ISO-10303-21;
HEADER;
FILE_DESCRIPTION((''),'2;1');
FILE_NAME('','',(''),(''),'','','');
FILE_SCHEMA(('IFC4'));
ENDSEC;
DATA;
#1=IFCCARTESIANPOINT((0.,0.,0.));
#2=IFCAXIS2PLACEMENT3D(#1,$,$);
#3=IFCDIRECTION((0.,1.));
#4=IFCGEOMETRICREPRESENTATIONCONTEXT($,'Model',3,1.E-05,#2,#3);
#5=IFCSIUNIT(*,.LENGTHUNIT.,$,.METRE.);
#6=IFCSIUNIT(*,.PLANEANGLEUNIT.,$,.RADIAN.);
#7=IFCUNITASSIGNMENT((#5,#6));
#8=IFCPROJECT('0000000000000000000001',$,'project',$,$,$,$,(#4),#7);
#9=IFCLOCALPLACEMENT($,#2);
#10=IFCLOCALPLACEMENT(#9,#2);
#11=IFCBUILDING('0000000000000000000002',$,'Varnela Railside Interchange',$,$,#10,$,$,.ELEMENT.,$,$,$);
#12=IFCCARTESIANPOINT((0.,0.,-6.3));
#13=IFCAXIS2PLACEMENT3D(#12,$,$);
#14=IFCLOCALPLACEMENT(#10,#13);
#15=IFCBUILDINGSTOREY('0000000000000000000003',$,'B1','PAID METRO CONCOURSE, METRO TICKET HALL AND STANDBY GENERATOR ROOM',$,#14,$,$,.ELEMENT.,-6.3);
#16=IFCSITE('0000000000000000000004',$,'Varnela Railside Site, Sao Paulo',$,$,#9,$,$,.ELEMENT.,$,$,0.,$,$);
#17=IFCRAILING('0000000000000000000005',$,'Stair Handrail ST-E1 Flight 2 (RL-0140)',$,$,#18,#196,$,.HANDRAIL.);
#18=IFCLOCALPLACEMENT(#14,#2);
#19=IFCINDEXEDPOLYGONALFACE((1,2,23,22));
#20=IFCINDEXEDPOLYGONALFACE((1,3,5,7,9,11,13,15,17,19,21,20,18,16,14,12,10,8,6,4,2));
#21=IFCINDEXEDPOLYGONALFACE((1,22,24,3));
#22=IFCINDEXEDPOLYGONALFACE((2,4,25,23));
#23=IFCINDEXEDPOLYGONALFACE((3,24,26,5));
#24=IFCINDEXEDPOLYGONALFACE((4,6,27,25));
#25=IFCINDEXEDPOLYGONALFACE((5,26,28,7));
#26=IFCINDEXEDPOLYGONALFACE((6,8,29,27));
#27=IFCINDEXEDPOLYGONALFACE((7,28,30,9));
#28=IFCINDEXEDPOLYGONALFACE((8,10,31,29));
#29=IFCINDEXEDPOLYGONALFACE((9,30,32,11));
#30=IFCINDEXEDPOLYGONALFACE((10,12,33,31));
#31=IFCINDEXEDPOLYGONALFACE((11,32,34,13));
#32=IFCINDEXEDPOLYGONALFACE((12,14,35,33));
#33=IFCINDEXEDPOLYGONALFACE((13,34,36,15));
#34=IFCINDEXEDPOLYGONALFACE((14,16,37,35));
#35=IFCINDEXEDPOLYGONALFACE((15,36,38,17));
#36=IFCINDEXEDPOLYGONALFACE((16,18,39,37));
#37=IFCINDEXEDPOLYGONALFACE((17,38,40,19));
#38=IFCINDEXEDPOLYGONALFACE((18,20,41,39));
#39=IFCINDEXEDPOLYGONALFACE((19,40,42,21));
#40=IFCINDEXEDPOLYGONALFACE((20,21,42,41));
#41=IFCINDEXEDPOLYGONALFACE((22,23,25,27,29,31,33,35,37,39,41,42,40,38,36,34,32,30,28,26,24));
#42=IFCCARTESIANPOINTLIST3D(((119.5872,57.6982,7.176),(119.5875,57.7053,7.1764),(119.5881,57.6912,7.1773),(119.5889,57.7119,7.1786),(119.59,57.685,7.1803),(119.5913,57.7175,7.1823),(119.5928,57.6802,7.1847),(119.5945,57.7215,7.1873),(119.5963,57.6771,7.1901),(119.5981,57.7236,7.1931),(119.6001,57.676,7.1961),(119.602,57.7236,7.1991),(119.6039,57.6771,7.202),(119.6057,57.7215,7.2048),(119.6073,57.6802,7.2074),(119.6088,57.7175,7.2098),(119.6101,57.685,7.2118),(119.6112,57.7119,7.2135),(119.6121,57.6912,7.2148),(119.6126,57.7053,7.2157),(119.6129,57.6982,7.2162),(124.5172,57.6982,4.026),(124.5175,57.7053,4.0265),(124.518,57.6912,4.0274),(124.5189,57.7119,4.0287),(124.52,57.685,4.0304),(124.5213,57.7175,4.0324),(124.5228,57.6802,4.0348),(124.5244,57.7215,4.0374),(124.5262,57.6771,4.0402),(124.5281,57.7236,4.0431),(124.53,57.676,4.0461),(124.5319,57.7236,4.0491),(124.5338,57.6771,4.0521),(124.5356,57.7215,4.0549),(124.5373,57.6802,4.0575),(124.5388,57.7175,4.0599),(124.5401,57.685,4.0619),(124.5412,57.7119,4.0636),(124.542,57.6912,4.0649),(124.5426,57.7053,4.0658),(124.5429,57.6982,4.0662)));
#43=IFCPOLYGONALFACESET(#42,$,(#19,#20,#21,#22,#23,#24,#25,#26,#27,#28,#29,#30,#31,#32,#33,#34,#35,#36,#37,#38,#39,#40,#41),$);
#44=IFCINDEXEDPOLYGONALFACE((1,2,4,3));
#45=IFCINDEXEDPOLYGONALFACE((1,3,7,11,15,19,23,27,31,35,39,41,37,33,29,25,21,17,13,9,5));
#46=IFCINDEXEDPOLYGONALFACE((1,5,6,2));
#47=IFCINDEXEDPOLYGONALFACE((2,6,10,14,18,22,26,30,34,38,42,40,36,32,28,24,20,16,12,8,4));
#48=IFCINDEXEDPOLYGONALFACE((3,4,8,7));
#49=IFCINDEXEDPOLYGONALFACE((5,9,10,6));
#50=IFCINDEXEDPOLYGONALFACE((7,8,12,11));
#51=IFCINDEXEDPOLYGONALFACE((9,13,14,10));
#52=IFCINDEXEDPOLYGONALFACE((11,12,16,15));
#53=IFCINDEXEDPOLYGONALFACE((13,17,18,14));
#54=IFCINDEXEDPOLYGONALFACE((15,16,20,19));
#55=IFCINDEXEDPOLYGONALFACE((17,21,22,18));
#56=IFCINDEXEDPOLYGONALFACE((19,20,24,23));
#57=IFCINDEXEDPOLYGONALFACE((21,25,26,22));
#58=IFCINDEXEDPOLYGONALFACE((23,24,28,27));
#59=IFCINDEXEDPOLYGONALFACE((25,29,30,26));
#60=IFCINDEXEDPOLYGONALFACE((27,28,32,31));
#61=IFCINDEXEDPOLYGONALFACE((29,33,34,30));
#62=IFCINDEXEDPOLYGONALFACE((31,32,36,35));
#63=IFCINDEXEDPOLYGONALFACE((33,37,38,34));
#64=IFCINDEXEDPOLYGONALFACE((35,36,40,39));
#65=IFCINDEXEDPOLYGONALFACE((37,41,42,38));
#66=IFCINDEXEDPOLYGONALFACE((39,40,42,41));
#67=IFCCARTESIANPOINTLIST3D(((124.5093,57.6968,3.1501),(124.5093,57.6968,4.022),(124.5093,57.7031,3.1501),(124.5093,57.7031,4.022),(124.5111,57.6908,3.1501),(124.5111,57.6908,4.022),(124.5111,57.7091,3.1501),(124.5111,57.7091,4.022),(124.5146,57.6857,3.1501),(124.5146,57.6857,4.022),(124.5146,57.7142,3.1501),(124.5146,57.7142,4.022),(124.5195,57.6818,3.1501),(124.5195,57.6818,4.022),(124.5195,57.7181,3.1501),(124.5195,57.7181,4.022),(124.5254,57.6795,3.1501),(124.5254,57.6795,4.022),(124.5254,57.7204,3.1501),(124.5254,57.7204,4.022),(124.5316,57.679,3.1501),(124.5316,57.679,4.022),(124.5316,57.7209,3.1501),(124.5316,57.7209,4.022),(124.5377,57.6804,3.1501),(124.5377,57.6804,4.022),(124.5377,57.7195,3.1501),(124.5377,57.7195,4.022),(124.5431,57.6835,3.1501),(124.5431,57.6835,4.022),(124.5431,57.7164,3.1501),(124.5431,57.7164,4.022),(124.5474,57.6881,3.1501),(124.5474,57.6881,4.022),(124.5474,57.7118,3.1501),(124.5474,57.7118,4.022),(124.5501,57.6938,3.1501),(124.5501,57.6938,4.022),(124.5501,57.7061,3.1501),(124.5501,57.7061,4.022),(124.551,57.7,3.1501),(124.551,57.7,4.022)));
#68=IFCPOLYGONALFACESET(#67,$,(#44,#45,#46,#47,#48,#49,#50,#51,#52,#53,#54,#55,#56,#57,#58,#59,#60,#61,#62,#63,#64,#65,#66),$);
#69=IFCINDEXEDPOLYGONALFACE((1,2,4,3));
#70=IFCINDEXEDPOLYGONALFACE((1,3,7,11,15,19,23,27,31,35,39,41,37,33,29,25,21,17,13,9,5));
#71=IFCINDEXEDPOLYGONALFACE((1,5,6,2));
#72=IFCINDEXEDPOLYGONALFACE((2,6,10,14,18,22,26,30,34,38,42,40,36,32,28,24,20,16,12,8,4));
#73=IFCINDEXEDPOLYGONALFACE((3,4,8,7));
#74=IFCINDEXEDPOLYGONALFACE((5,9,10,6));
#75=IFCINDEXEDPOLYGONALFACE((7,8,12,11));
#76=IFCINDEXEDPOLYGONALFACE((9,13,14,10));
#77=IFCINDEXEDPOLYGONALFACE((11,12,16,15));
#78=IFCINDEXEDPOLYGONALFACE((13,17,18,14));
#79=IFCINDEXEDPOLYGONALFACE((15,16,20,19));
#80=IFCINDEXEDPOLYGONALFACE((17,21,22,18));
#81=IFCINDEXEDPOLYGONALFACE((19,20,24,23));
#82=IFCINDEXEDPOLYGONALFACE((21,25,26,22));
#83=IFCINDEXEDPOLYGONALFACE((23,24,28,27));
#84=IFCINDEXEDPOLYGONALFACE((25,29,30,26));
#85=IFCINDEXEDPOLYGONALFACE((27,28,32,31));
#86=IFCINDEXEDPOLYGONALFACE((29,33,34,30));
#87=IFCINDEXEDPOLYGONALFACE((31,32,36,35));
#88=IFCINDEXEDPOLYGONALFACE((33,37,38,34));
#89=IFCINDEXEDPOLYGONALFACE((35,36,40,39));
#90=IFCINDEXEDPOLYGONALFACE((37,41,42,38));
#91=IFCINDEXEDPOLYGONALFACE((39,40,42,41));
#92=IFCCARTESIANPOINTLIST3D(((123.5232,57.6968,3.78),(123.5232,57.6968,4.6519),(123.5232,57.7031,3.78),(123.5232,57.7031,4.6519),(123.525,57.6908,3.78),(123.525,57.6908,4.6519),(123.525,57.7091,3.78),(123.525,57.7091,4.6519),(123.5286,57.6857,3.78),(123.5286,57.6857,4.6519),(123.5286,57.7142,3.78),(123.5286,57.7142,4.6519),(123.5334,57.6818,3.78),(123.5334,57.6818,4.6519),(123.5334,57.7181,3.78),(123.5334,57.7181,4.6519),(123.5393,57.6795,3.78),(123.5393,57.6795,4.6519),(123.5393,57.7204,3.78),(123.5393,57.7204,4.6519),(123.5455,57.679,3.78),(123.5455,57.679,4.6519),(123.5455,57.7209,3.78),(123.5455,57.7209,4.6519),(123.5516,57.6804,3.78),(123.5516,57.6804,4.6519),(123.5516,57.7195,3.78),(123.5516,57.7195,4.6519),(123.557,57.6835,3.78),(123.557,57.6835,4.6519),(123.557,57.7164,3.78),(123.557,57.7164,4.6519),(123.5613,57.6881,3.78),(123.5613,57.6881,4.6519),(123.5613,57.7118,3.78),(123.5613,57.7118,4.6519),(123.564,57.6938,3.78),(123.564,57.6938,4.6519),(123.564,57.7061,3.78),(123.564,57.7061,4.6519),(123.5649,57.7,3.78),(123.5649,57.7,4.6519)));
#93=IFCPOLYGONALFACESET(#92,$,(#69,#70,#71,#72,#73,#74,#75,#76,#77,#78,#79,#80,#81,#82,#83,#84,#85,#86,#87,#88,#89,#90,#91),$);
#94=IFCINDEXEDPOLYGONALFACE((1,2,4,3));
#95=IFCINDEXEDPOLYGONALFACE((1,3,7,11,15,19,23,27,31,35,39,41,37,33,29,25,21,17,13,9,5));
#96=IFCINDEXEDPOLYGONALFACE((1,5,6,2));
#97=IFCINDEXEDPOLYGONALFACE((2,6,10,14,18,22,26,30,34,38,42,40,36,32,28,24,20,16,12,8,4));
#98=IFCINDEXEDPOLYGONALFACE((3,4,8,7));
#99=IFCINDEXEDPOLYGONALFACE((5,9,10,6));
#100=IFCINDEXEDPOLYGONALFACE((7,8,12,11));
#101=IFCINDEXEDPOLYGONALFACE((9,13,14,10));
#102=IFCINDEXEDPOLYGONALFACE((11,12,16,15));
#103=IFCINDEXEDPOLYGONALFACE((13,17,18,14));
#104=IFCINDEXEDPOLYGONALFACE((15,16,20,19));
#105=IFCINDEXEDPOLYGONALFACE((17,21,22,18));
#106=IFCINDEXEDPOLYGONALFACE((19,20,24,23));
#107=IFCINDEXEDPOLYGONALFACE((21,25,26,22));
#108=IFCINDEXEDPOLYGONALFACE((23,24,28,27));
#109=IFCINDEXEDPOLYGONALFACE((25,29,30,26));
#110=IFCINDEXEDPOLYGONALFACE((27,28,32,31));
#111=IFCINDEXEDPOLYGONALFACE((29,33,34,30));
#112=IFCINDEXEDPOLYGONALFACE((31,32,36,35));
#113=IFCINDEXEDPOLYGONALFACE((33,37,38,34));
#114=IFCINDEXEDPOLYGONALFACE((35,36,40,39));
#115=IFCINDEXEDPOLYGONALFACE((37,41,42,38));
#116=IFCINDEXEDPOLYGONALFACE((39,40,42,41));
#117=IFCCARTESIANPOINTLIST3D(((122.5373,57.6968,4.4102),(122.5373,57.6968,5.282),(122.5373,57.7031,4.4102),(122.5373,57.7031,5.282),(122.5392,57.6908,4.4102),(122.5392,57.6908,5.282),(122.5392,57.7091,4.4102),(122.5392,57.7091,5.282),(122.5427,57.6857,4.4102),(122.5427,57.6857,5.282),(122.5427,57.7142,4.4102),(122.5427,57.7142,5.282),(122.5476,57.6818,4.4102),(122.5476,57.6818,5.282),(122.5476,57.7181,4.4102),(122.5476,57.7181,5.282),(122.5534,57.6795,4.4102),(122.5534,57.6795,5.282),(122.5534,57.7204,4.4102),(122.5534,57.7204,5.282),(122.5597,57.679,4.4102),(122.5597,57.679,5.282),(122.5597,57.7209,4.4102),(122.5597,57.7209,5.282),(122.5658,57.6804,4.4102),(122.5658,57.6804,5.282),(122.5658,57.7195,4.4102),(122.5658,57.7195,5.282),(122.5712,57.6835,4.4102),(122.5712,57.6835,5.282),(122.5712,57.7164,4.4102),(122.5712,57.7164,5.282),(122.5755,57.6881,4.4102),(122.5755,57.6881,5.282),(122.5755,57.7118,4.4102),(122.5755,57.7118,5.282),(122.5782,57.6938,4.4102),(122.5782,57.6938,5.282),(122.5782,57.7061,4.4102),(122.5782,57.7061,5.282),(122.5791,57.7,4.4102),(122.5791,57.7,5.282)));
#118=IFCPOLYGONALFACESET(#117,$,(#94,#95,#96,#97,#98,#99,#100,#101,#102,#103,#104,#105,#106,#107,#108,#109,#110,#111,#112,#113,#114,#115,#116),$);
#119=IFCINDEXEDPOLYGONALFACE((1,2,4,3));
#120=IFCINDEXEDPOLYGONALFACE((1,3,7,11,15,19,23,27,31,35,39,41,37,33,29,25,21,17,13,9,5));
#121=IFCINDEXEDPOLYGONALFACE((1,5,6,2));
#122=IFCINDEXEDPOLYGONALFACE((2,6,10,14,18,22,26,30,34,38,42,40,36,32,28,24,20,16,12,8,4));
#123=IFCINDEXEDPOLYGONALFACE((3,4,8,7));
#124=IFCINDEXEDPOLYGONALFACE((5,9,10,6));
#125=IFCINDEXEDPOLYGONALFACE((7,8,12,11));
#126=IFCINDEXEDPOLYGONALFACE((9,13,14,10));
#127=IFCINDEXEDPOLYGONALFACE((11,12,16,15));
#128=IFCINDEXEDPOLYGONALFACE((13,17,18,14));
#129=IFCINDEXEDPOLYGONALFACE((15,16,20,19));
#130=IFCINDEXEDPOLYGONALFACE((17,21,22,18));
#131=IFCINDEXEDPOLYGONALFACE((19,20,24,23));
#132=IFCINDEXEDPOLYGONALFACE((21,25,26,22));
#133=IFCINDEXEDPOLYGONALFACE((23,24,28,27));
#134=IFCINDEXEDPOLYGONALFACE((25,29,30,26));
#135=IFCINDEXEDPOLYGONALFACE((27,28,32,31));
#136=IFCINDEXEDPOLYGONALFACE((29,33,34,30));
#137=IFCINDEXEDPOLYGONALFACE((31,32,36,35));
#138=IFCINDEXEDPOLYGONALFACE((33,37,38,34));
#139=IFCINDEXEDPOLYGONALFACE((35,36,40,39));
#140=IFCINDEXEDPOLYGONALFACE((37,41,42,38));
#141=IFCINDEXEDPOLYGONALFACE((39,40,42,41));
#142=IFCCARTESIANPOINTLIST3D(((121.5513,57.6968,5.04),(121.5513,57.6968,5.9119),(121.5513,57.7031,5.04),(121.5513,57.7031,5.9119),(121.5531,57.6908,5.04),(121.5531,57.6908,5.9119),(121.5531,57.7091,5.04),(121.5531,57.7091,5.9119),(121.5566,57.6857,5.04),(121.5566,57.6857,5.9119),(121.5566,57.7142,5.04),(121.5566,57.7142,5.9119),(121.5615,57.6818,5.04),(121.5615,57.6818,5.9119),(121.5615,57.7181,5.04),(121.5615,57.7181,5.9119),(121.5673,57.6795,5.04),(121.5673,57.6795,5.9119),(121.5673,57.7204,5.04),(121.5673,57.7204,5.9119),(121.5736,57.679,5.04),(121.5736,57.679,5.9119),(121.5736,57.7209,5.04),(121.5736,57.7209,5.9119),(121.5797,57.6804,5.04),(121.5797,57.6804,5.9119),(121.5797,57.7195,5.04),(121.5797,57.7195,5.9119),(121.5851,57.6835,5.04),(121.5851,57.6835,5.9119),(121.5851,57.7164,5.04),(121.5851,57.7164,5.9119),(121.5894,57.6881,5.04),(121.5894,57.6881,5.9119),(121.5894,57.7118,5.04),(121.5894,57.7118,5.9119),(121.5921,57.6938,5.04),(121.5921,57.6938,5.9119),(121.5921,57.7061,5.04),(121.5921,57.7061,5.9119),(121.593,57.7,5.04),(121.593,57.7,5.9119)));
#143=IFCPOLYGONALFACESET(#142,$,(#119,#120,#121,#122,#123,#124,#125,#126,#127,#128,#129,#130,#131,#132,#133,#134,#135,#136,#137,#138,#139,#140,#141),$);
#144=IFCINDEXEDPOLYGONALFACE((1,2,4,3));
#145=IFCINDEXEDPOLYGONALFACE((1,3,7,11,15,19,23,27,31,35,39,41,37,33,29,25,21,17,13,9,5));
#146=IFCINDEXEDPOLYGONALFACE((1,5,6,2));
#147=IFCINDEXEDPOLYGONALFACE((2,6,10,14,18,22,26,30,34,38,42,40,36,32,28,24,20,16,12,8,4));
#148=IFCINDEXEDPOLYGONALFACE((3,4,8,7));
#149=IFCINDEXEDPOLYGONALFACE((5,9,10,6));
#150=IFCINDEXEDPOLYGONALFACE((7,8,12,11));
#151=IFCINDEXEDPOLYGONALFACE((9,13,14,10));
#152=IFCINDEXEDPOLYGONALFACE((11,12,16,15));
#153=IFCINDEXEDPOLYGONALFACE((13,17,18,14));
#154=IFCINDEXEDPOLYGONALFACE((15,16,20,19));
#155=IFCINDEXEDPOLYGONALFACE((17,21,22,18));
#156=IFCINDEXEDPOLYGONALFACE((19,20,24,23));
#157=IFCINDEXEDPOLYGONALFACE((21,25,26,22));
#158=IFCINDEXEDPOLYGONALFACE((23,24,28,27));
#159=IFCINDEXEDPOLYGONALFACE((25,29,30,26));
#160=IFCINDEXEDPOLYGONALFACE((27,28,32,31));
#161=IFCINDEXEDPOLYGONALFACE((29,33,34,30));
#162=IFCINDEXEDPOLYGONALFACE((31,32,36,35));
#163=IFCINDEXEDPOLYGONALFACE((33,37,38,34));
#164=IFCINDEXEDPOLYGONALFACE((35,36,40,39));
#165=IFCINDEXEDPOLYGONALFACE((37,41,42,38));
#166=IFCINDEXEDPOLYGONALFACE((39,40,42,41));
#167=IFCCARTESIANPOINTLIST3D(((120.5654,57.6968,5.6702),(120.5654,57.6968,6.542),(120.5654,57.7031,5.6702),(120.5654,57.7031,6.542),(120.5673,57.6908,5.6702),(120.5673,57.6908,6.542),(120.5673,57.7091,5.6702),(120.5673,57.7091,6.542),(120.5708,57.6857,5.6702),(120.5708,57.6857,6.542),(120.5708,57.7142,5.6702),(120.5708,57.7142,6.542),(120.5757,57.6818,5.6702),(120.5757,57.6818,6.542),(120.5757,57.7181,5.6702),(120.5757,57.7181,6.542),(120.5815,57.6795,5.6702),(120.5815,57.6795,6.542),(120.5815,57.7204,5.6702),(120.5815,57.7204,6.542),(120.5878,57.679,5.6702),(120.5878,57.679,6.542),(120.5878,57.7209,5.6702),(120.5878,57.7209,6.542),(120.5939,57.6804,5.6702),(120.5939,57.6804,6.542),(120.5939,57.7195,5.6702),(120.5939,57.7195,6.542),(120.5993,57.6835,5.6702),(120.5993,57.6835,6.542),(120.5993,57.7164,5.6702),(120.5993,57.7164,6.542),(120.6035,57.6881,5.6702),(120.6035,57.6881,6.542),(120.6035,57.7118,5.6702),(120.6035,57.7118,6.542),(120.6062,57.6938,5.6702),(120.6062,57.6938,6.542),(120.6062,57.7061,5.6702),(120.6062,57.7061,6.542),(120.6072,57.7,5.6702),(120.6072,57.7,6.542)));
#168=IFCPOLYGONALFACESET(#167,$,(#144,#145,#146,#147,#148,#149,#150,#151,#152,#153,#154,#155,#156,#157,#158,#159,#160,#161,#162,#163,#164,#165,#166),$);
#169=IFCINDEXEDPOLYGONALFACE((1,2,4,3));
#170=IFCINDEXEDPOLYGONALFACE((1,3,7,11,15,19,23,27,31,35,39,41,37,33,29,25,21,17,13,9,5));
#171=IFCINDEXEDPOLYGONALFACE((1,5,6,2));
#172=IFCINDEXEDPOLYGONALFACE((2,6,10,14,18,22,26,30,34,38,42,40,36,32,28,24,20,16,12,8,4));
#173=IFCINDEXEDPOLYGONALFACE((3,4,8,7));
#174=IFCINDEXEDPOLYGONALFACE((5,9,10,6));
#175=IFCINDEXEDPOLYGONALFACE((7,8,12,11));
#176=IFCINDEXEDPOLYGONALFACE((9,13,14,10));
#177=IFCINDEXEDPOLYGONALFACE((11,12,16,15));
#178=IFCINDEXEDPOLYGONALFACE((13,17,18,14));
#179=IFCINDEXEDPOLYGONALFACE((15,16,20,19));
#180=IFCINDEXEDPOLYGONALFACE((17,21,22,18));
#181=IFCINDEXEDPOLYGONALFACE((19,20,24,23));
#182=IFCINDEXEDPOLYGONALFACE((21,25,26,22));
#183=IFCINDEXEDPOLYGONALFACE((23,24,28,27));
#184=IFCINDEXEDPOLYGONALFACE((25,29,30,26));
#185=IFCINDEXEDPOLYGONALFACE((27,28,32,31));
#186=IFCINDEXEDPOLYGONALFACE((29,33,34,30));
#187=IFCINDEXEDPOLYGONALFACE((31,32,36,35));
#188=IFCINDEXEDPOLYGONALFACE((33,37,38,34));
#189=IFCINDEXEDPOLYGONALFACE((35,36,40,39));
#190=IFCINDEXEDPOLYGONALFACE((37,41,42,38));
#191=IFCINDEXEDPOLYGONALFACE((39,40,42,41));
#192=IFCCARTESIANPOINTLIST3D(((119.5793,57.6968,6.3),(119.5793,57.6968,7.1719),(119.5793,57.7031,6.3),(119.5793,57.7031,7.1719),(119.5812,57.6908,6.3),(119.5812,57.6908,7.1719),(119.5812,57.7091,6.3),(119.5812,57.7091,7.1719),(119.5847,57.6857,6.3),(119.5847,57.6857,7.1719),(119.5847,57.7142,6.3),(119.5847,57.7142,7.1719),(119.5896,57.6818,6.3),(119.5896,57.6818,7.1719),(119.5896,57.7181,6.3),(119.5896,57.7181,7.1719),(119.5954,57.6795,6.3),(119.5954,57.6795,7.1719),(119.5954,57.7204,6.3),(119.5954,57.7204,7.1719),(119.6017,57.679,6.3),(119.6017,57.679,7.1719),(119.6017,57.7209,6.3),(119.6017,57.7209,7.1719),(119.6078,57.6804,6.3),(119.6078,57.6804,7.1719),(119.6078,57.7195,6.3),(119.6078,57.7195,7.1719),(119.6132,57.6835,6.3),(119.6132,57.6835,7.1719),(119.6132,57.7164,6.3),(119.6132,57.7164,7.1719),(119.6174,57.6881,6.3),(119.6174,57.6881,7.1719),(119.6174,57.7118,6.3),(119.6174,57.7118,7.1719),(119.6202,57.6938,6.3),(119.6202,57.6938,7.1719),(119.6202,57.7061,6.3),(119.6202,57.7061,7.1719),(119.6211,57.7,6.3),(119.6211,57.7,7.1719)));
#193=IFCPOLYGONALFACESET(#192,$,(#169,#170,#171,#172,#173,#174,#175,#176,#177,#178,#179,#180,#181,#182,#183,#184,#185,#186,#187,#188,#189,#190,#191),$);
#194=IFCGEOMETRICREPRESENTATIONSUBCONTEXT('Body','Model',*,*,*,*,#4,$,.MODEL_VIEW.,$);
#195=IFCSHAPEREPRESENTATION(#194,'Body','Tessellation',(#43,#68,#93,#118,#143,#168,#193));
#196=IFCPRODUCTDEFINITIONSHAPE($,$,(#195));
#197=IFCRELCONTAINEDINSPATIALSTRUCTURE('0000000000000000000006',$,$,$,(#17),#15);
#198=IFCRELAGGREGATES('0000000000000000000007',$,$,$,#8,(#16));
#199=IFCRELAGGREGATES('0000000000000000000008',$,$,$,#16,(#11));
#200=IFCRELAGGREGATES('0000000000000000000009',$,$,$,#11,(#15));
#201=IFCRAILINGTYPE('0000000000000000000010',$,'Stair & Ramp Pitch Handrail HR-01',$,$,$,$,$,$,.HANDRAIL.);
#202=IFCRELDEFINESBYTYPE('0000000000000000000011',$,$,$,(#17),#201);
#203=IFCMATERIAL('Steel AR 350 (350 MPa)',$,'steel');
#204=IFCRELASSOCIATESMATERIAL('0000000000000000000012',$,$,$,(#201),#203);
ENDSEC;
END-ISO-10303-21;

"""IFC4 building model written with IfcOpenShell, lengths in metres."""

from ifc_helpers import new_model, si_unit, direction, frame, origin, origin_2d, place, context, subcontext, project, spatial, circle, extrude, material, type_object, element, save


model = new_model("IFC4")

# Units and contexts
model_context = context("Model", 3, precision=1e-05, world=origin(), true_north=direction((0.0, 1.0)))
body_context = subcontext(model_context, "Body", "Model", "MODEL_VIEW")
ifc_project = project(units=[si_unit("LENGTHUNIT", "METRE"), si_unit("PLANEANGLEUNIT", "RADIAN")], contexts=[model_context])

# Site, building, storey
site_placement = place(None, origin())
site = spatial("IfcSite", under=ifc_project, at=site_placement, Name="Varnela Railside Site, Sao Paulo", CompositionType="ELEMENT", RefElevation=0.0)
building_placement = place(site_placement, origin())
building = spatial("IfcBuilding", under=site, at=building_placement, Name="Varnela Railside Interchange", CompositionType="ELEMENT")
storey_placement = place(building_placement, frame((0.0, 0.0, -6.3)))
storey = spatial("IfcBuildingStorey", under=building, at=storey_placement, Name="B1", Description="PAID METRO CONCOURSE, METRO TICKET HALL AND STANDBY GENERATOR ROOM", CompositionType="ELEMENT", Elevation=-6.3)

# Railing
ifc_material_1 = material(Name="Steel AR 350 (350 MPa)", Category="steel")
railing_type_1 = type_object("IfcRailingType", Name="Stair & Ramp Pitch Handrail HR-01", PredefinedType="HANDRAIL", material=ifc_material_1)
railing_1_placement = place(storey_placement, frame((124.53, 57.7, 3.1501)))
element("IfcRailing", 1, at=railing_1_placement, inside=storey, type_object=railing_type_1, Name="Stair Handrail ST-E1 Flight 2 (RL-0140)", PredefinedType="HANDRAIL", context=body_context, shape_type="SweptSolid", body=[
    extrude(circle(Radius=0.0239, at=origin_2d()), frame((0.0, 0.0, 0.896), z_axis=(-0.842679, 0.0, 0.538416), x_axis=(0.0, -1.0, 0.0)), (0.0, 0.0, 1.0), 5.8503),
    extrude(circle(Radius=0.021, at=origin_2d()), origin(), (0.0, 0.0, 1.0), 0.8718),
    extrude(circle(Radius=0.021, at=origin_2d()), frame((-0.9861, 0.0, 0.6299)), (0.0, 0.0, 1.0), 0.8718),
    extrude(circle(Radius=0.021, at=origin_2d()), frame((-1.9719, 0.0, 1.26)), (0.0, 0.0, 1.0), 0.8718),
    extrude(circle(Radius=0.021, at=origin_2d()), frame((-2.958, 0.0, 1.8899)), (0.0, 0.0, 1.0), 0.8718),
    extrude(circle(Radius=0.021, at=origin_2d()), frame((-3.9438, 0.0, 2.52)), (0.0, 0.0, 1.0), 0.8718),
    extrude(circle(Radius=0.021, at=origin_2d()), frame((-4.9299, 0.0, 3.1499)), (0.0, 0.0, 1.0), 0.8718),
])

save(model, "model.ifc")
